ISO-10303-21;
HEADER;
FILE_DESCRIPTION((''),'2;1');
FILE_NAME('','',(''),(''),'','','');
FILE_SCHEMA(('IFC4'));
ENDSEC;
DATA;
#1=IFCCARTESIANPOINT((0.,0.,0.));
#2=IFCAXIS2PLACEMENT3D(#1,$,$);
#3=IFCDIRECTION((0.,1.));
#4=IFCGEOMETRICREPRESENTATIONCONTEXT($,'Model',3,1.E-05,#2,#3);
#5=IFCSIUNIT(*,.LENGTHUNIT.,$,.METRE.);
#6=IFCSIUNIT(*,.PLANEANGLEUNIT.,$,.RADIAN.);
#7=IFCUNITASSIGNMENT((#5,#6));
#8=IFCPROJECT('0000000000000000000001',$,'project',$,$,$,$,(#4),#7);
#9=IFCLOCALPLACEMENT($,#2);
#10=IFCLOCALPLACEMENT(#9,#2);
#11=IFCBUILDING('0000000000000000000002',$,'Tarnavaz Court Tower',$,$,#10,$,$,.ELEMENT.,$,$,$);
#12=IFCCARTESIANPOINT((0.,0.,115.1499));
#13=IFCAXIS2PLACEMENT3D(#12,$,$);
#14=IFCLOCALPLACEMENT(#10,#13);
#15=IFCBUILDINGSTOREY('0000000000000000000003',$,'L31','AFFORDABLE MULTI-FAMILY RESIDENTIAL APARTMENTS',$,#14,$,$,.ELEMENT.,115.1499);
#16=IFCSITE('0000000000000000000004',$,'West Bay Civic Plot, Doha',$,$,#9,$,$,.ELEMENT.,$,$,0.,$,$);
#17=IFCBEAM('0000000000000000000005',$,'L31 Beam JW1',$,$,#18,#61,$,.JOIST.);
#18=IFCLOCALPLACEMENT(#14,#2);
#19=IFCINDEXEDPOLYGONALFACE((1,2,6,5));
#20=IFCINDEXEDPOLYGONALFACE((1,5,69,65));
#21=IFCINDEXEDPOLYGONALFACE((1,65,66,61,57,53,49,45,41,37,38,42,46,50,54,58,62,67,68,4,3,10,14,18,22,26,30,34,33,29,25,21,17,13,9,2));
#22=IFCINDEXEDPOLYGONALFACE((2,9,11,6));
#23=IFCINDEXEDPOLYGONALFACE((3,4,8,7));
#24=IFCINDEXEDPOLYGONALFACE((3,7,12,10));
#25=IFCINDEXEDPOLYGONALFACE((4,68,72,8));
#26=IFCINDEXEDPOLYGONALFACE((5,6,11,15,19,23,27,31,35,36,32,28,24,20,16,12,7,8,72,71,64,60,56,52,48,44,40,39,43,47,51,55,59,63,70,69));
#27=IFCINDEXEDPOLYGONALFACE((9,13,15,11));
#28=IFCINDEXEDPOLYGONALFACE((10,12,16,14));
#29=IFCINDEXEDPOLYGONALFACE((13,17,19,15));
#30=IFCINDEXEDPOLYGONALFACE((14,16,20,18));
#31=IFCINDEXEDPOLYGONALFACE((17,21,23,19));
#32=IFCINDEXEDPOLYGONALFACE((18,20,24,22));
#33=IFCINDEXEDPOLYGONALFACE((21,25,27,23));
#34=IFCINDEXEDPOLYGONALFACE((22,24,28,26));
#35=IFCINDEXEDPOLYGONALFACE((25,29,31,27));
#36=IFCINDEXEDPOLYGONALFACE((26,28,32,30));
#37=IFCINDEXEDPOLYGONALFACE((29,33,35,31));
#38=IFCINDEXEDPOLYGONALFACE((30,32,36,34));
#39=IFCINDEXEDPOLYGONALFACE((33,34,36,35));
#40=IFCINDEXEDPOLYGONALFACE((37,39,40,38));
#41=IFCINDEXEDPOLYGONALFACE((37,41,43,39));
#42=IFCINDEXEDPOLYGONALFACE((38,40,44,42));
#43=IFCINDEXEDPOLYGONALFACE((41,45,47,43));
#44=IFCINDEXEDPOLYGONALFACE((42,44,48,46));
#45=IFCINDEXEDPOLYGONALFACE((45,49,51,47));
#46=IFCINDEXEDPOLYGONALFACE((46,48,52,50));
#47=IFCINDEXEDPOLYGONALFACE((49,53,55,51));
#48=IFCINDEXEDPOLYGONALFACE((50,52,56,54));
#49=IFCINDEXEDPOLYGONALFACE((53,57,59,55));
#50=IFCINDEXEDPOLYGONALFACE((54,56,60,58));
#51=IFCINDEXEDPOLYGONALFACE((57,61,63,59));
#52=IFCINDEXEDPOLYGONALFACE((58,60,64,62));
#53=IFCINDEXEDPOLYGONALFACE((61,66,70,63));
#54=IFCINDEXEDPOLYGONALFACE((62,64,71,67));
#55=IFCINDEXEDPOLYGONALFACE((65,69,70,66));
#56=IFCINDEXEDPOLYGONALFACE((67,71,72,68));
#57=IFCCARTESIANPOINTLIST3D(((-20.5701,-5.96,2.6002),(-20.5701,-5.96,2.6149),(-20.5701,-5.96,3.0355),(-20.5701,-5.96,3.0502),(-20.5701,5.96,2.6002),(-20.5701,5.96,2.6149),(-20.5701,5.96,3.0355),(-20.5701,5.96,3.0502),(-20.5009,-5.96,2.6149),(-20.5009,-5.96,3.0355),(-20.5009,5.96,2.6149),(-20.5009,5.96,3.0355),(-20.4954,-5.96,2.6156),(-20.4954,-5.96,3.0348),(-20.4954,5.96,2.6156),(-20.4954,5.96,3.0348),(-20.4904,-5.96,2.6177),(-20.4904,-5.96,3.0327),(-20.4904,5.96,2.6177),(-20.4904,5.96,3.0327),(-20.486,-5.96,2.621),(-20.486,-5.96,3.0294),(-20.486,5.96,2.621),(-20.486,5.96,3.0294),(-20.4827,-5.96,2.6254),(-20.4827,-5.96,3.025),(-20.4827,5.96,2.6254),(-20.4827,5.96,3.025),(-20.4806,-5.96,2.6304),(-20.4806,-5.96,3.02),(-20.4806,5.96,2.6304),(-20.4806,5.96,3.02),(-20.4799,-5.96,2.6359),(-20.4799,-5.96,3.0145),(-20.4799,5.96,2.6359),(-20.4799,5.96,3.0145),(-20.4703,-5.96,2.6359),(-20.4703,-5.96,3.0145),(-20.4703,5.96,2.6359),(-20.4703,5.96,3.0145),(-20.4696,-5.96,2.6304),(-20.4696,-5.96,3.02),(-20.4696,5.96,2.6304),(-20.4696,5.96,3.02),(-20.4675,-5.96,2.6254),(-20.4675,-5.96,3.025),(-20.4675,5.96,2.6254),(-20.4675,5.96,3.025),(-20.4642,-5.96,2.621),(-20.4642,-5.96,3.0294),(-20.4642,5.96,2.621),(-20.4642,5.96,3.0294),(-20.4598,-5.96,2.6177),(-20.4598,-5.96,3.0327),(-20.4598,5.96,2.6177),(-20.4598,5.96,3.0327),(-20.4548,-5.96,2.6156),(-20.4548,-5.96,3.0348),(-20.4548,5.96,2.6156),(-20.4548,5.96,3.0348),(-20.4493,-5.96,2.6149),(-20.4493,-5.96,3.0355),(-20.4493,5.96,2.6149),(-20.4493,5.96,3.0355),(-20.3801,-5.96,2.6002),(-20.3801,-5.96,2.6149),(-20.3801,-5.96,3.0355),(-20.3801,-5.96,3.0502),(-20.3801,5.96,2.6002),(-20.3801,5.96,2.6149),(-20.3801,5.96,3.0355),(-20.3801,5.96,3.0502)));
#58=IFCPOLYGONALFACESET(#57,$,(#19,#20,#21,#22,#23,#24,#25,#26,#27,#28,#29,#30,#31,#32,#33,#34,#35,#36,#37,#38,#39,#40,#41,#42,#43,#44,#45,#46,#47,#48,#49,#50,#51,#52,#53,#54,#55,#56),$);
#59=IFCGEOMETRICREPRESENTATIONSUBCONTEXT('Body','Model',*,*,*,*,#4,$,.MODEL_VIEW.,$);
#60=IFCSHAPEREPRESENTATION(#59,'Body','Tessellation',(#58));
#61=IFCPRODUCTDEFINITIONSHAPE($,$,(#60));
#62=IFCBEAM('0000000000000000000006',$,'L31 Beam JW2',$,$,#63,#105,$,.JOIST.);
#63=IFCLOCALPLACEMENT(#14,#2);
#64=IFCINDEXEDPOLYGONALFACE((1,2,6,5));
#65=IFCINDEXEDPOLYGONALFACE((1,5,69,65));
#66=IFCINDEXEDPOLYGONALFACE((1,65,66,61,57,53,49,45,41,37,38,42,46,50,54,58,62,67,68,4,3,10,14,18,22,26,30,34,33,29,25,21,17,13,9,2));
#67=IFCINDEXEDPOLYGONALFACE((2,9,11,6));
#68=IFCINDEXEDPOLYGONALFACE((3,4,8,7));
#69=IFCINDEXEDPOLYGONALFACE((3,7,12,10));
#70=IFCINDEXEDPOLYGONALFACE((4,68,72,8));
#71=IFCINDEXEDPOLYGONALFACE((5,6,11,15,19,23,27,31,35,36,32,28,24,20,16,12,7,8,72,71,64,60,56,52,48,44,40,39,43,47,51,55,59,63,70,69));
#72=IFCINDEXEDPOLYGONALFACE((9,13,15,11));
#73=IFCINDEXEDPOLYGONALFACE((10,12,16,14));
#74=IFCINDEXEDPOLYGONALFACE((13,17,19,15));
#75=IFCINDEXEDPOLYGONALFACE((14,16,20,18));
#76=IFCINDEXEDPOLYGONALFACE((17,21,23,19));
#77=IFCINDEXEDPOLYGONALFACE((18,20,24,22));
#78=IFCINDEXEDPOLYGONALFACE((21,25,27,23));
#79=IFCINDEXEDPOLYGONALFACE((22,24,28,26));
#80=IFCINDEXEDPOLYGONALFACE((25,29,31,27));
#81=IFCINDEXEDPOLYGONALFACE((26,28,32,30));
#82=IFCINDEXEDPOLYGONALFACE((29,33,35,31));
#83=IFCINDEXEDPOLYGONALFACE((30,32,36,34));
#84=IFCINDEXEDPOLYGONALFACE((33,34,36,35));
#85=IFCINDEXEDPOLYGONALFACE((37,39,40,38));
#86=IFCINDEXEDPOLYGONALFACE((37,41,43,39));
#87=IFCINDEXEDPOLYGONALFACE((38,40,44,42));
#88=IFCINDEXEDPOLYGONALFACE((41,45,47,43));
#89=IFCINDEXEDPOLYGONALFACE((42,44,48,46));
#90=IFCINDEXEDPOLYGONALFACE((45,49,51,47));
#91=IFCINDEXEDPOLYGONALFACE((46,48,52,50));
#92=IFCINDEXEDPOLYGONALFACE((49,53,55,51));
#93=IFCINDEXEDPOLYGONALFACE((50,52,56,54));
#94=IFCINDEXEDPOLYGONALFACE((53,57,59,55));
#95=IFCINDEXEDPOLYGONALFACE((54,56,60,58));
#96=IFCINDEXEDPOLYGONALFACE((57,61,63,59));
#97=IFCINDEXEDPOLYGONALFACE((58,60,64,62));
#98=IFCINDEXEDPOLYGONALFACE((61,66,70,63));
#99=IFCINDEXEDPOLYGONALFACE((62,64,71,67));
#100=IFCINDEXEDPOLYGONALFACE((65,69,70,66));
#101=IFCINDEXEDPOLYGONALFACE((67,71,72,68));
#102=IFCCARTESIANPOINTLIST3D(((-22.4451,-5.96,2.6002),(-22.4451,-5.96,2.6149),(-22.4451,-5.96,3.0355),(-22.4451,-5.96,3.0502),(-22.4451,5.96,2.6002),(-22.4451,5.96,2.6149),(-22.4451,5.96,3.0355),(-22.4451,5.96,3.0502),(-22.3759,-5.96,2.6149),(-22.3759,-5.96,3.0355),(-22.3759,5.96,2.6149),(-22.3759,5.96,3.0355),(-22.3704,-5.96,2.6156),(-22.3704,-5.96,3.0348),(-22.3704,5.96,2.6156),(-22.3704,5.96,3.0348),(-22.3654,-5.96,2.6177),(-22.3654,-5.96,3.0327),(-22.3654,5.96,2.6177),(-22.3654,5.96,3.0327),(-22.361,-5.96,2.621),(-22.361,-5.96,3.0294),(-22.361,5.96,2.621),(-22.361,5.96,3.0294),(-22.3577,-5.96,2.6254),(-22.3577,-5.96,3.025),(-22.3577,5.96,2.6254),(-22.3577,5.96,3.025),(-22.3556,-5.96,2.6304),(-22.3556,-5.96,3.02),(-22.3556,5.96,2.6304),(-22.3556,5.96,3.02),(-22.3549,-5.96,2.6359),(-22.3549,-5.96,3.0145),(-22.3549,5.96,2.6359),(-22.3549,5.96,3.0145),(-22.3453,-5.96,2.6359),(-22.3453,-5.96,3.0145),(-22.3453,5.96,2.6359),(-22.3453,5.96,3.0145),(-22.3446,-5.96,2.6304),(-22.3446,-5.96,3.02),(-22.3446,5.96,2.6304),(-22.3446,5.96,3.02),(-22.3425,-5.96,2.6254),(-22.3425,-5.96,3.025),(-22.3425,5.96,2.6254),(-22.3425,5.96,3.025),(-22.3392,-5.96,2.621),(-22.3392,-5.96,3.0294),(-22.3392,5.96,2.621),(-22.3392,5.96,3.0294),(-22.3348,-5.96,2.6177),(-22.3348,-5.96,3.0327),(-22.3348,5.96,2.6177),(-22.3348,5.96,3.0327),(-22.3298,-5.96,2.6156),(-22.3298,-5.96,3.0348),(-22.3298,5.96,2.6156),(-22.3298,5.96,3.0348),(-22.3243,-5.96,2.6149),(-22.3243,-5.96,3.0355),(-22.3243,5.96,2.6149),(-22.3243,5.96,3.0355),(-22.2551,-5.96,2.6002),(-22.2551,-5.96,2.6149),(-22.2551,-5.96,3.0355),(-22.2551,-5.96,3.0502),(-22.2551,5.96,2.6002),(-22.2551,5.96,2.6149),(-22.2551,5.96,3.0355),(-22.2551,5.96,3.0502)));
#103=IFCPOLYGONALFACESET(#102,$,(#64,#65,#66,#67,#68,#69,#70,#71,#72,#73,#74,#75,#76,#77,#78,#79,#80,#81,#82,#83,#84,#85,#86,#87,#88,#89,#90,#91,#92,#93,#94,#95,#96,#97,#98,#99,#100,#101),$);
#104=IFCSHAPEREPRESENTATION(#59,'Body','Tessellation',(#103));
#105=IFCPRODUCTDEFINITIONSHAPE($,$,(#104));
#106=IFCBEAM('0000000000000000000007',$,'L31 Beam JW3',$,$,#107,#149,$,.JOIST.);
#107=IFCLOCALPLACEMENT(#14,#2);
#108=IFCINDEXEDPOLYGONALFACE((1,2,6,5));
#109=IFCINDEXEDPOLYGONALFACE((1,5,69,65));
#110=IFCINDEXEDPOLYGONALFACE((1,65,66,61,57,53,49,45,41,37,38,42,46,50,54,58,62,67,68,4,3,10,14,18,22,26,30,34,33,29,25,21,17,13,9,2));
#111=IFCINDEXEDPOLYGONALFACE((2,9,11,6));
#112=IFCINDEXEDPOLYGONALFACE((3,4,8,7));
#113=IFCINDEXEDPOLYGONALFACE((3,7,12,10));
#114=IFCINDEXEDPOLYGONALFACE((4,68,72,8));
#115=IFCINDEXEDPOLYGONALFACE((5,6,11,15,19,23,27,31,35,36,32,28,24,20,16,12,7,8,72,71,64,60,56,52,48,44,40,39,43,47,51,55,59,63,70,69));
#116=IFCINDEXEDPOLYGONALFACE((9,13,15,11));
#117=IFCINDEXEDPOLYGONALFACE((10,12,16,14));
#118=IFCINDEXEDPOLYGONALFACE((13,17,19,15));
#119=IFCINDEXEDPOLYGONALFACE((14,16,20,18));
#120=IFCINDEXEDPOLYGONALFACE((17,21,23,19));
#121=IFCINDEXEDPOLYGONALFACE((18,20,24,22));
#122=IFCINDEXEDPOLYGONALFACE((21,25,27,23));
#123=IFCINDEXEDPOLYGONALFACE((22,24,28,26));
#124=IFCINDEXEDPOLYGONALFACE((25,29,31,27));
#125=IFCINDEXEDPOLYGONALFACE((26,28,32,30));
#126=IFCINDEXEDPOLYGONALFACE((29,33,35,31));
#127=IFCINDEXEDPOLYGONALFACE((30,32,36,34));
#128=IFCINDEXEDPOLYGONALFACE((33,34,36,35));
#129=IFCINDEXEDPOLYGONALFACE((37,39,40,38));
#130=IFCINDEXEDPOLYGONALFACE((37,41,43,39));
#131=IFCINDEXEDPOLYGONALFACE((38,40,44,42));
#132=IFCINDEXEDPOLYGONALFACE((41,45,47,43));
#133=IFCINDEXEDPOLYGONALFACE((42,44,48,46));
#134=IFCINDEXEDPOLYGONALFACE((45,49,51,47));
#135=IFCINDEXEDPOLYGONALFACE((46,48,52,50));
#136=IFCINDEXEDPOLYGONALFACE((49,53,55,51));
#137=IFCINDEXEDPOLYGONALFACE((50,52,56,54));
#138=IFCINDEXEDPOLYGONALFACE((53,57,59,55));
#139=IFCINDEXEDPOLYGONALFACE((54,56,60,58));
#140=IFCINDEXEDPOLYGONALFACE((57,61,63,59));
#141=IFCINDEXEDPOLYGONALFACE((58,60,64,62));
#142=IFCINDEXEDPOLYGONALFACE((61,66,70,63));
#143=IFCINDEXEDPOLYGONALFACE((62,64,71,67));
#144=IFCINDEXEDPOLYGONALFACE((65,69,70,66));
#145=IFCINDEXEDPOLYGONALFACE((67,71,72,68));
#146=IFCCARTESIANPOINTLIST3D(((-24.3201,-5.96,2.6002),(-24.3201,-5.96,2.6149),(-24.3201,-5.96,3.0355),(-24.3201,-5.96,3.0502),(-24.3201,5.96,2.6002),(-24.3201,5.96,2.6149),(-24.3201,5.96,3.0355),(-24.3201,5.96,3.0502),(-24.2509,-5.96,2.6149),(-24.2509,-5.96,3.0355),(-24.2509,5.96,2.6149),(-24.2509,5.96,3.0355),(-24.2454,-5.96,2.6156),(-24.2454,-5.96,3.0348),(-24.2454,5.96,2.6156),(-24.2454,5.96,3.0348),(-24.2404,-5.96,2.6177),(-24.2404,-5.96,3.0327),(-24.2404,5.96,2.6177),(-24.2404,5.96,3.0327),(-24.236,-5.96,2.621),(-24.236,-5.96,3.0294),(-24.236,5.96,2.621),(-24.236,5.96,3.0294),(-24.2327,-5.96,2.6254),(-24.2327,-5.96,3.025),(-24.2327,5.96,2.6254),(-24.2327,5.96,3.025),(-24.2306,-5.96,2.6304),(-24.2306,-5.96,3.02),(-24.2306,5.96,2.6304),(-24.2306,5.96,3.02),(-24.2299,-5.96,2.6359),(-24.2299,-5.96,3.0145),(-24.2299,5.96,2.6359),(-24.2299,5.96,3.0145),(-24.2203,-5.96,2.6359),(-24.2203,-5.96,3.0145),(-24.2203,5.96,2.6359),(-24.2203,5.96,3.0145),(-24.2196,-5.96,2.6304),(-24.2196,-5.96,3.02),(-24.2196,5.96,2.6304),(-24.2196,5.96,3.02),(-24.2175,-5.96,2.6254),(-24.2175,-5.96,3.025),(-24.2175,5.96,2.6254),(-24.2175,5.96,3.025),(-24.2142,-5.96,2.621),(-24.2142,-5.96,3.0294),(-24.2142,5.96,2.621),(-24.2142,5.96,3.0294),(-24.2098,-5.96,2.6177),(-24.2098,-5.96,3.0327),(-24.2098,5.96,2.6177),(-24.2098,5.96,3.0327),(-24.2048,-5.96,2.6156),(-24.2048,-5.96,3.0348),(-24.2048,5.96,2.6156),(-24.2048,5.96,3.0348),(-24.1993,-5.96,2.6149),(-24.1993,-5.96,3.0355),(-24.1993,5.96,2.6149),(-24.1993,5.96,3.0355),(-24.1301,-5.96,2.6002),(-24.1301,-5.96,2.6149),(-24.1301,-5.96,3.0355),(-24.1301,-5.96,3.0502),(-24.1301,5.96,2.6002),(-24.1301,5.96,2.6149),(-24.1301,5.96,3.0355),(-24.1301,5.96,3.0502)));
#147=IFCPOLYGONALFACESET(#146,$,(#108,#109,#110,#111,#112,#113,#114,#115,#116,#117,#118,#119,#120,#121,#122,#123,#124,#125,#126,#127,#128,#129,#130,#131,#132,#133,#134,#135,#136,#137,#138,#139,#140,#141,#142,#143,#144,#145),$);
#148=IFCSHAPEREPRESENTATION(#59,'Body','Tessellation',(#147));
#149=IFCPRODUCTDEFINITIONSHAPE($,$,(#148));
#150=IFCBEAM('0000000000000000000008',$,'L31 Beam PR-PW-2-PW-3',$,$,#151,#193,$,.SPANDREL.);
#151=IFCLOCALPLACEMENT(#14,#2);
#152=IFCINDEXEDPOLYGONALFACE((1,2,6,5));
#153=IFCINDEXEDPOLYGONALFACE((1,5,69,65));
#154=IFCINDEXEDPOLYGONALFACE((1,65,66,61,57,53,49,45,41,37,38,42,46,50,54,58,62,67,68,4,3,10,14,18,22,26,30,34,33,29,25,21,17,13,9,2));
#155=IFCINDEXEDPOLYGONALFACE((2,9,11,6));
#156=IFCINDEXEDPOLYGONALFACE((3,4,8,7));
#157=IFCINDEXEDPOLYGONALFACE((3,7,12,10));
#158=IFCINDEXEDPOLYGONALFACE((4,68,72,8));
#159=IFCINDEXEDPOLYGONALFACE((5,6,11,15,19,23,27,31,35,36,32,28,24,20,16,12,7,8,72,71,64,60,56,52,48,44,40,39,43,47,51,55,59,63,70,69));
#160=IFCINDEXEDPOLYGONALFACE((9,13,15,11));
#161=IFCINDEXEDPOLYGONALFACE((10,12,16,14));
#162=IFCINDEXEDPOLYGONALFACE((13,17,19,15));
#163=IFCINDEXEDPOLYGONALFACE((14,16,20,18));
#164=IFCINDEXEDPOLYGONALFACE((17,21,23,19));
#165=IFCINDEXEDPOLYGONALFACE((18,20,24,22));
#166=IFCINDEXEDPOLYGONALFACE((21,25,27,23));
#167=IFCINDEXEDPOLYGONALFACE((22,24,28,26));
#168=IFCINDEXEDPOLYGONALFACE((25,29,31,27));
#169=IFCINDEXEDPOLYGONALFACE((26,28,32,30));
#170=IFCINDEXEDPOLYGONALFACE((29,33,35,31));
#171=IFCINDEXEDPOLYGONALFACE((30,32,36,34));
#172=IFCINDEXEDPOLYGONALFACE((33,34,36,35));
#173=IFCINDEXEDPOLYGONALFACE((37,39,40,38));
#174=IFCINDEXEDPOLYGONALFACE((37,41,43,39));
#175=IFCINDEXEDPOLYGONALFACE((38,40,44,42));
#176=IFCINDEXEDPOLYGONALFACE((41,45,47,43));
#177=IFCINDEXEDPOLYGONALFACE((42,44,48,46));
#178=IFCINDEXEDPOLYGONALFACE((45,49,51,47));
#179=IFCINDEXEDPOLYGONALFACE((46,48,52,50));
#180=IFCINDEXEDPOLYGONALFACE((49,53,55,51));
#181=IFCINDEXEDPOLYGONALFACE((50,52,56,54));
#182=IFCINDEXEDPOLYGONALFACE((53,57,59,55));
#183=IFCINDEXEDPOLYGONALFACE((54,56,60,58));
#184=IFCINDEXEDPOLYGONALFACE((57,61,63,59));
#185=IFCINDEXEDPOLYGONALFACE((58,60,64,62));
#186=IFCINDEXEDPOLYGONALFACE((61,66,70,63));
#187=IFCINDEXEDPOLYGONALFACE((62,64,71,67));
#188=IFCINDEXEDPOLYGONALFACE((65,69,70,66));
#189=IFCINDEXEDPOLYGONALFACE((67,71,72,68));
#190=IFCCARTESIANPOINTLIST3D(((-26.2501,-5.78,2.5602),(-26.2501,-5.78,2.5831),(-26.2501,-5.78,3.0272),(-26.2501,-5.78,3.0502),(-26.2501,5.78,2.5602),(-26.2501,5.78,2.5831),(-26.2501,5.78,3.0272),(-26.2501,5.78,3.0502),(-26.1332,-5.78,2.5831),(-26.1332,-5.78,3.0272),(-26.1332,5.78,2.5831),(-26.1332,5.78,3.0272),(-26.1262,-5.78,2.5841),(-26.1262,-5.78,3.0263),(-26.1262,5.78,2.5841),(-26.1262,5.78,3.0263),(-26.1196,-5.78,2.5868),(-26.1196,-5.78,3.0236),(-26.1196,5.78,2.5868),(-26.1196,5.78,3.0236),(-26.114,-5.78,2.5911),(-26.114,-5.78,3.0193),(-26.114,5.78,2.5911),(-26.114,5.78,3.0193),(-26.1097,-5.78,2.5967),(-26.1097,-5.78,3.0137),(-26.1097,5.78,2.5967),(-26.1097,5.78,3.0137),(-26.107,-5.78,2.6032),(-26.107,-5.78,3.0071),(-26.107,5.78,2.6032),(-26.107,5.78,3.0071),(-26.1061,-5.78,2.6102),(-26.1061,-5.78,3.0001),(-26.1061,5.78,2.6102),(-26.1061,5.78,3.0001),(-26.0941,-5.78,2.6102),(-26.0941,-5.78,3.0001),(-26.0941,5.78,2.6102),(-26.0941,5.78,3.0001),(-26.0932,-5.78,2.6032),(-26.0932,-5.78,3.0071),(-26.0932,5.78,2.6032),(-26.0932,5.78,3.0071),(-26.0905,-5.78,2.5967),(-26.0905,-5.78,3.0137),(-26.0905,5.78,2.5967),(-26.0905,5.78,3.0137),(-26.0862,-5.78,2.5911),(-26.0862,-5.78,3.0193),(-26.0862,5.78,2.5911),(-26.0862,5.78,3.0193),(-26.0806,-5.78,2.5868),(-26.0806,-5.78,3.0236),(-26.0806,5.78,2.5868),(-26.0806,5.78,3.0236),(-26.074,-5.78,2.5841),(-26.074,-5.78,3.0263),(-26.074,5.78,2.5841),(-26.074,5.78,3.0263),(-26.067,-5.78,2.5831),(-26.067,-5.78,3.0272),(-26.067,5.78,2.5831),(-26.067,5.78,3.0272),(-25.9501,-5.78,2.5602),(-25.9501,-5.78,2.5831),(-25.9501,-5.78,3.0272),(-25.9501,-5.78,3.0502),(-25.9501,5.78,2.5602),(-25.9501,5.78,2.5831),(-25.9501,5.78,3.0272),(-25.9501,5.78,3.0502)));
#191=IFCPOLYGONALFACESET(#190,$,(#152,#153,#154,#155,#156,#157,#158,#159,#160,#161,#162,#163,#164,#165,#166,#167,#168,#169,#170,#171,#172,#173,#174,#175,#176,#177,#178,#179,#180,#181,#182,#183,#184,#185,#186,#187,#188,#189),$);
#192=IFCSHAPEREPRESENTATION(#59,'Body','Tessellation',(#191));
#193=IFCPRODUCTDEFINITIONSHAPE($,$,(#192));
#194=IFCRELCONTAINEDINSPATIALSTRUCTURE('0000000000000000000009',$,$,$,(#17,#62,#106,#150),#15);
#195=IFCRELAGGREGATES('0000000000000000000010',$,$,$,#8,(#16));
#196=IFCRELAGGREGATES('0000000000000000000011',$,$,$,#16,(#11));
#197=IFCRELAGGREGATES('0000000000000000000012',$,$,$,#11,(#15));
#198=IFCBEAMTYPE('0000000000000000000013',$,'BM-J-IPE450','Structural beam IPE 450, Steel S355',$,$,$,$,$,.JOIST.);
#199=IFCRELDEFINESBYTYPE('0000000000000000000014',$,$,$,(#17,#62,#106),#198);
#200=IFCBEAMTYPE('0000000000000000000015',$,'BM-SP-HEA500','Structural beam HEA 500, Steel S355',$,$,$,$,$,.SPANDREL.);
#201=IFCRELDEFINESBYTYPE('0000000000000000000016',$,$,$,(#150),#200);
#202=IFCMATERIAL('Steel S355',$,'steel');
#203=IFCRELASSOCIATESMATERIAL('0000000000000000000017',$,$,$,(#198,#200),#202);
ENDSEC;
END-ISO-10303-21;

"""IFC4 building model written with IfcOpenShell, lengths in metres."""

from ifc_helpers import new_model, si_unit, direction, frame, origin, origin_2d, place, context, subcontext, project, spatial, i_section, extrude, material, material_profile, profile_set, type_object, element, save


model = new_model("IFC4")

# Units and contexts
model_context = context("Model", 3, precision=1e-05, world=origin(), true_north=direction((0.0, 1.0)))
body_context = subcontext(model_context, "Body", "Model", "MODEL_VIEW")
ifc_project = project(units=[si_unit("LENGTHUNIT", "METRE"), si_unit("PLANEANGLEUNIT", "RADIAN")], contexts=[model_context])

# Site, building, storey
site_placement = place(None, origin())
site = spatial("IfcSite", under=ifc_project, at=site_placement, Name="West Bay Civic Plot, Doha", CompositionType="ELEMENT", RefElevation=0.0)
building_placement = place(site_placement, origin())
building = spatial("IfcBuilding", under=site, at=building_placement, Name="Tarnavaz Court Tower", CompositionType="ELEMENT")
storey_placement = place(building_placement, frame((0.0, 0.0, 115.1499)))
storey = spatial("IfcBuildingStorey", under=building, at=storey_placement, Name="L31", Description="AFFORDABLE MULTI-FAMILY RESIDENTIAL APARTMENTS", CompositionType="ELEMENT", Elevation=115.1499)

# Beams
ifc_material_1 = material(Name="Steel S355", Category="steel")
ifc_material_profile_1 = material_profile(ifc_material_1, i_section(OverallWidth=0.1899, OverallDepth=0.45, WebThickness=0.0095, FlangeThickness=0.0146, FilletRadius=0.021, at=origin_2d()), Name="IPE 450")
ifc_profile_set_1 = profile_set([ifc_material_profile_1], Name="Steel S355")
beam_type_1 = type_object("IfcBeamType", Name="BM-J-IPE450", Description="Structural beam IPE 450, Steel S355", PredefinedType="JOIST", material=ifc_profile_set_1)
for number, where, z_axis, x_axis, name in (
    (1, (-20.4751, -5.96, 2.8252), (0.0, 1.0, 0.0), (-1.0, 0.0, 0.0), "L31 Beam JW1"),
    (2, (-22.3501, -5.96, 2.8252), (0.0, 1.0, 0.0), (-1.0, 0.0, 0.0), "L31 Beam JW2"),
    (3, (-24.2251, -5.96, 2.8252), (0.0, 1.0, 0.0), (-1.0, 0.0, 0.0), "L31 Beam JW3"),
):
    element("IfcBeam", number, at=place(storey_placement, frame(where, z_axis=z_axis, x_axis=x_axis)), inside=storey, type_object=beam_type_1, Name=name, PredefinedType="JOIST", context=body_context, shape_type="SweptSolid", body=[
        extrude(i_section(OverallWidth=0.1899, OverallDepth=0.45, WebThickness=0.0095, FlangeThickness=0.0146, FilletRadius=0.021, at=origin_2d()), origin(), (0.0, 0.0, 1.0), 11.9199),
    ])
ifc_material_profile_2 = material_profile(ifc_material_1, i_section(OverallWidth=0.3, OverallDepth=0.49, WebThickness=0.012, FlangeThickness=0.0229, FilletRadius=0.0271, at=origin_2d()), Name="HEA 500")
ifc_profile_set_2 = profile_set([ifc_material_profile_2], Name="Steel S355")
beam_type_2 = type_object("IfcBeamType", Name="BM-SP-HEA500", Description="Structural beam HEA 500, Steel S355", PredefinedType="SPANDREL", material=ifc_profile_set_2)
beam_1_placement = place(storey_placement, frame((-26.1001, -5.78, 2.8052), z_axis=(0.0, 1.0, 0.0), x_axis=(-1.0, 0.0, 0.0)))
element("IfcBeam", 4, at=beam_1_placement, inside=storey, type_object=beam_type_2, Name="L31 Beam PR-PW-2-PW-3", PredefinedType="SPANDREL", context=body_context, shape_type="SweptSolid", body=[
    extrude(i_section(OverallWidth=0.3, OverallDepth=0.49, WebThickness=0.012, FlangeThickness=0.0229, FilletRadius=0.0271, at=origin_2d()), origin(), (0.0, 0.0, 1.0), 11.5601),
])

save(model, "model.ifc")
